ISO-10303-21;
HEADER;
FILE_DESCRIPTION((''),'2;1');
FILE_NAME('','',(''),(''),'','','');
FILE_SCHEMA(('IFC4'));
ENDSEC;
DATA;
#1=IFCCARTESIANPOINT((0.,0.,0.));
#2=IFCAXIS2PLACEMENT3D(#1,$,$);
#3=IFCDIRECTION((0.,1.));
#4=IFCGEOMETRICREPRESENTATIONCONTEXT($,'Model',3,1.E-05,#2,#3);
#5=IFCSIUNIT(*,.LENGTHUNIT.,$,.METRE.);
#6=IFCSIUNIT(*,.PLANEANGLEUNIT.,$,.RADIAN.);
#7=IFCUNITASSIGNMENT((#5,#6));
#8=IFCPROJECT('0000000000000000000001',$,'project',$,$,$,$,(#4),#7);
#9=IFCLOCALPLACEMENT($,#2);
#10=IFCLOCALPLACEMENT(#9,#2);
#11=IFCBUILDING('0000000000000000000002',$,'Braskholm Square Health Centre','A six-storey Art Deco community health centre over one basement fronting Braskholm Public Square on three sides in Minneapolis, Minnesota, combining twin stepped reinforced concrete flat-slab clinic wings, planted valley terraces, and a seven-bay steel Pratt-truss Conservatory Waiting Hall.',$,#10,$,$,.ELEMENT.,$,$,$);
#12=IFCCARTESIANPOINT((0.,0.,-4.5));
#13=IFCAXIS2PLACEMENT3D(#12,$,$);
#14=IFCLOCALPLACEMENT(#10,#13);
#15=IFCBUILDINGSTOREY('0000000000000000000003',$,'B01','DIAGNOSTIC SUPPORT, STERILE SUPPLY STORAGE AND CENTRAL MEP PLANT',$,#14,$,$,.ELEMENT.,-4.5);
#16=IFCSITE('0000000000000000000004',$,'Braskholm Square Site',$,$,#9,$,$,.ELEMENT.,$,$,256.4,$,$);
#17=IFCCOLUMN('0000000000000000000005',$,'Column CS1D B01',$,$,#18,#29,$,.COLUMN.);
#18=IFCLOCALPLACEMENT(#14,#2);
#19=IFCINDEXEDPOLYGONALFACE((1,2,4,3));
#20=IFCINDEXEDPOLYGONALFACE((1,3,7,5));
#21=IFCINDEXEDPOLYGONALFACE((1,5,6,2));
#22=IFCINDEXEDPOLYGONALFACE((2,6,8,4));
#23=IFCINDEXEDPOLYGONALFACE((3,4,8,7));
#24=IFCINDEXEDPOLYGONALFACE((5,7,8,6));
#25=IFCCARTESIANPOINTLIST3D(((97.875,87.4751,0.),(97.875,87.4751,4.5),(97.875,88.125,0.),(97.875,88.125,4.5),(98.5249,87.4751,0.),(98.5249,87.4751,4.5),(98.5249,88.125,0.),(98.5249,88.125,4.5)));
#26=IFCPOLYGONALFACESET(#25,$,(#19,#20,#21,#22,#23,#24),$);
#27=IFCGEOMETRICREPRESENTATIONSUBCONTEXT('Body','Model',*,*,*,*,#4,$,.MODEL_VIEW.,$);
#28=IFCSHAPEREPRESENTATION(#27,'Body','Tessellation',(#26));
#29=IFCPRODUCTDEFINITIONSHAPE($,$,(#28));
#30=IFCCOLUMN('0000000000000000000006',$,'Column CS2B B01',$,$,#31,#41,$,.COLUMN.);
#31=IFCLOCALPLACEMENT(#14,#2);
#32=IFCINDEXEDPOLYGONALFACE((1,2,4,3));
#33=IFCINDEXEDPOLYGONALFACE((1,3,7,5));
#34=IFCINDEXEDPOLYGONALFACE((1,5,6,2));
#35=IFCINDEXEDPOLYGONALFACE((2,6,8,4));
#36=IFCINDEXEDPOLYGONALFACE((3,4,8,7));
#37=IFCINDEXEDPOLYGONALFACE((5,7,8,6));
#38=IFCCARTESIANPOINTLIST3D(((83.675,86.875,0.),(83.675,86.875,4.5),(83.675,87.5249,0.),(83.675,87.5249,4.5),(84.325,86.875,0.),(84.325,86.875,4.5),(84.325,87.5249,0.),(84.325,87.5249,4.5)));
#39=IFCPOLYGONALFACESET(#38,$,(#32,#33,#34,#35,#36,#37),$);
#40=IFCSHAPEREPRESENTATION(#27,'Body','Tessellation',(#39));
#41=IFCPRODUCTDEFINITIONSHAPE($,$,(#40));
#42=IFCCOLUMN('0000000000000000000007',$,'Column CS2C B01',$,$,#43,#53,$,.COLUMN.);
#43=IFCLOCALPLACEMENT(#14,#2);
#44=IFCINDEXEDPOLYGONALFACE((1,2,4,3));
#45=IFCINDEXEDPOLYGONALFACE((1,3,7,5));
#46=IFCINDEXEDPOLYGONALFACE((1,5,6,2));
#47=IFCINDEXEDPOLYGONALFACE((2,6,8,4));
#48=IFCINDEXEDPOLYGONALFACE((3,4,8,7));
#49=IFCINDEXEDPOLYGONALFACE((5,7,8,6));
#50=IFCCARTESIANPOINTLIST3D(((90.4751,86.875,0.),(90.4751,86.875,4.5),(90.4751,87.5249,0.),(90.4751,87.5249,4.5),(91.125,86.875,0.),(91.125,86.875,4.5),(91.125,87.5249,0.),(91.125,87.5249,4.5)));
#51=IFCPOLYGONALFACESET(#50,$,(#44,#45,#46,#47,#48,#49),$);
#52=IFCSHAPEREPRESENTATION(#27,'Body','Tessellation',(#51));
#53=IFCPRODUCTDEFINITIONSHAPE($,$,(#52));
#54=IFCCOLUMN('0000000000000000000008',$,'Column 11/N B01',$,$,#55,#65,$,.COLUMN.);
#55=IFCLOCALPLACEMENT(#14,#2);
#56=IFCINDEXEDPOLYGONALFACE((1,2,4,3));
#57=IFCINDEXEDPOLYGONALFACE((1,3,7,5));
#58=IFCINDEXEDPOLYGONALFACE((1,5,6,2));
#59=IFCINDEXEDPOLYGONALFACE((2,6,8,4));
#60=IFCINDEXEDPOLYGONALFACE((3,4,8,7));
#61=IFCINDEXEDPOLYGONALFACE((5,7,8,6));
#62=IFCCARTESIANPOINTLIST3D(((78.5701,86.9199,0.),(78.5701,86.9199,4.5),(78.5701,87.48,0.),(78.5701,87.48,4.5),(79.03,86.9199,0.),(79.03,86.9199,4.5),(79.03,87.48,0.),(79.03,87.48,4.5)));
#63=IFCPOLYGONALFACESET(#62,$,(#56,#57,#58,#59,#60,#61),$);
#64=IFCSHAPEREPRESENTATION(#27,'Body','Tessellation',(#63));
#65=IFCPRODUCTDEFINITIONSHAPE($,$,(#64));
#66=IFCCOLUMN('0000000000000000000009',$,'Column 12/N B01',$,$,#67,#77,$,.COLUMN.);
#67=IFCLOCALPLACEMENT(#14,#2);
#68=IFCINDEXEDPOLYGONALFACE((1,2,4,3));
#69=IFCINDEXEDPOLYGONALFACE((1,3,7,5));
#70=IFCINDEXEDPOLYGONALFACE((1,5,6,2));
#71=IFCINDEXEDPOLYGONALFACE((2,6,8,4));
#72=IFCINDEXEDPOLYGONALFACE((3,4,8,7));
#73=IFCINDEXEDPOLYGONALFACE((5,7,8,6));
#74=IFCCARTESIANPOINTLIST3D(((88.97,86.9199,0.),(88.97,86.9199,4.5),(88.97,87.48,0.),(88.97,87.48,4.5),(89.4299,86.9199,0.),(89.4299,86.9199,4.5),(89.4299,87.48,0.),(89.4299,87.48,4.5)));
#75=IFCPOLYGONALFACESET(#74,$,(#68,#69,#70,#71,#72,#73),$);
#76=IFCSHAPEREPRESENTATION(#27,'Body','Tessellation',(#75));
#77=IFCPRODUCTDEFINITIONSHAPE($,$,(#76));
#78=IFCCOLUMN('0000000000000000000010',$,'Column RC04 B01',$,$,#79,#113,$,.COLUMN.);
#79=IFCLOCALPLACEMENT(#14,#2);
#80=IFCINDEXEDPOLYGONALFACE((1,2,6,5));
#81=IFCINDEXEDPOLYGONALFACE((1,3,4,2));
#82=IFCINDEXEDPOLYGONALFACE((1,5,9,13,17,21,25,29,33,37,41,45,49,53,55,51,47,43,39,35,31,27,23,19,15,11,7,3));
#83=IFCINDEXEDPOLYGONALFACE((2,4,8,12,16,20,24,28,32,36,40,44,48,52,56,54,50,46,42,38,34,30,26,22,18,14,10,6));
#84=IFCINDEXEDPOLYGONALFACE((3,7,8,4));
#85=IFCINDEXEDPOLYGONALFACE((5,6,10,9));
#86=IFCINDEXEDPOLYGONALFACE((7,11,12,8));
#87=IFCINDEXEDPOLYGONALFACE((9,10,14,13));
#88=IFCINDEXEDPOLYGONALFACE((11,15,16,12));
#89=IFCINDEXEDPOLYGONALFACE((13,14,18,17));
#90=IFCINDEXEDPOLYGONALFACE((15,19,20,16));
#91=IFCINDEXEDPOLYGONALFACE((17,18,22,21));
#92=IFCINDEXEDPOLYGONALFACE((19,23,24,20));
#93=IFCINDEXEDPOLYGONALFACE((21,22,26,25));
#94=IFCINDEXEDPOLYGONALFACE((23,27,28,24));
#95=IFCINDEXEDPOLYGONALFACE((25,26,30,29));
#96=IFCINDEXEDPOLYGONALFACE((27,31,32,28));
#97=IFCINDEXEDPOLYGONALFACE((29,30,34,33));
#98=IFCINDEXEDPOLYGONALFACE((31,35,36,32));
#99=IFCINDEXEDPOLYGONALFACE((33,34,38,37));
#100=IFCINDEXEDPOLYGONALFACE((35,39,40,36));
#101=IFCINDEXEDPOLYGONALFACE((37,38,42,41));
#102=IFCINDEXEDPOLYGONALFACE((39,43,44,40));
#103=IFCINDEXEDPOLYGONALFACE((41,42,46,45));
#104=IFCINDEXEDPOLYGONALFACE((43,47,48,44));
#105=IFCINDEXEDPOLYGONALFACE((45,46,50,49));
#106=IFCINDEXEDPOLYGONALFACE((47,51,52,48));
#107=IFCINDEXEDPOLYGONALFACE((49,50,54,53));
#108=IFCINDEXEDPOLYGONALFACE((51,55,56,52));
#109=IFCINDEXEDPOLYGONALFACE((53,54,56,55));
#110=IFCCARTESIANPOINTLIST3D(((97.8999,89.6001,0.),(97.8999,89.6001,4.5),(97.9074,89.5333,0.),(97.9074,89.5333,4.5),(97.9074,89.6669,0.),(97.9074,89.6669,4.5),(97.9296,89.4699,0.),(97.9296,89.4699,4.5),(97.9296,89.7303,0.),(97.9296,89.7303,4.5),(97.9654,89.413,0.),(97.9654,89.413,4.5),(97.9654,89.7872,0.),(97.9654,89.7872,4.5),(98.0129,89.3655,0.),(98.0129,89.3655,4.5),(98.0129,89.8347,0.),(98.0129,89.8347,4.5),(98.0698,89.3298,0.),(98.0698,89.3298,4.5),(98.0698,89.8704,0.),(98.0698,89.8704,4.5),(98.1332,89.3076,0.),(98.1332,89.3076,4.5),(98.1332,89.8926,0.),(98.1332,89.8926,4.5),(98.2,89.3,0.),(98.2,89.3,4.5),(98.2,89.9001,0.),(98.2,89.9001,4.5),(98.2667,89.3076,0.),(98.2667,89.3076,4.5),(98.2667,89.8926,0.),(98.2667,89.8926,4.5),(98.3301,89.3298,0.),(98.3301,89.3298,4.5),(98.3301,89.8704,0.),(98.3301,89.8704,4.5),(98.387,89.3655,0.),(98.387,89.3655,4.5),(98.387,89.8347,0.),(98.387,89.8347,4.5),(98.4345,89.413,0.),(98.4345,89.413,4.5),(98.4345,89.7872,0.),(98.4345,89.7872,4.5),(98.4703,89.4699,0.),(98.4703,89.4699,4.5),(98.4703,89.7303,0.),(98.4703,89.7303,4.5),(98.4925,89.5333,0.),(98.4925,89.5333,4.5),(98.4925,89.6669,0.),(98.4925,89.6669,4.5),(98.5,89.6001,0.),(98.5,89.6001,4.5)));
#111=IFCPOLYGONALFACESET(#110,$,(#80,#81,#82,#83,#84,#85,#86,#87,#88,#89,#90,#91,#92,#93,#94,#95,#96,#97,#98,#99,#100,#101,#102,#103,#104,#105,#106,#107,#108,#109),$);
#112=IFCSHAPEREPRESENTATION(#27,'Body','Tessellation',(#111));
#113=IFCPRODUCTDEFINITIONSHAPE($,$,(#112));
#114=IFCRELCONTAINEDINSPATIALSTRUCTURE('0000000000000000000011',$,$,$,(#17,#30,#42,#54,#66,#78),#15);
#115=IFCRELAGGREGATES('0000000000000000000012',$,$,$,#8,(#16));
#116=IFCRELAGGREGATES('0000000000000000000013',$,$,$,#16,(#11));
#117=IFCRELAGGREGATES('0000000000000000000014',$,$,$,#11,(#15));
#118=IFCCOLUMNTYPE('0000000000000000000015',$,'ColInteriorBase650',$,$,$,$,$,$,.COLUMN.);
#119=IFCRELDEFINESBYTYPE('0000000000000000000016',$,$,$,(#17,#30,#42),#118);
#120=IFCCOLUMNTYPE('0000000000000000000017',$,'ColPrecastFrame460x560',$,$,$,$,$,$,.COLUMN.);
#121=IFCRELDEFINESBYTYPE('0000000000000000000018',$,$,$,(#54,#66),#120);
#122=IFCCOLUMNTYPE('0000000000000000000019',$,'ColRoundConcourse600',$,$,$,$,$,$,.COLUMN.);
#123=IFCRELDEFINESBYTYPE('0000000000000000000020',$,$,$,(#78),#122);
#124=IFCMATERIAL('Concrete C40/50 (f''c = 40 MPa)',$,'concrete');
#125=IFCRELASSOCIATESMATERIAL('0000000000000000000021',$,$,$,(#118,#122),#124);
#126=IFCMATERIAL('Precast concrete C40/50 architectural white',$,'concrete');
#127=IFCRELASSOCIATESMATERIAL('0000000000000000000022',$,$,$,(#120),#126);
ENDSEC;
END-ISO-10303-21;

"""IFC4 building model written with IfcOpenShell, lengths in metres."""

from ifc_helpers import new_model, si_unit, direction, frame, origin, origin_2d, place, context, subcontext, project, spatial, rectangle, circle, extrude, material, material_profile, profile_set, type_object, element, save


model = new_model("IFC4")

# Units and contexts
model_context = context("Model", 3, precision=1e-05, world=origin(), true_north=direction((0.0, 1.0)))
body_context = subcontext(model_context, "Body", "Model", "MODEL_VIEW")
ifc_project = project(units=[si_unit("LENGTHUNIT", "METRE"), si_unit("PLANEANGLEUNIT", "RADIAN")], contexts=[model_context])

# Site, building, storey
site_placement = place(None, origin())
site = spatial("IfcSite", under=ifc_project, at=site_placement, Name="Braskholm Square Site", CompositionType="ELEMENT", RefElevation=256.4)
building_placement = place(site_placement, origin())
building = spatial("IfcBuilding", under=site, at=building_placement, Name="Braskholm Square Health Centre", Description="A six-storey Art Deco community health centre over one basement fronting Braskholm Public Square on three sides in Minneapolis, Minnesota, combining twin stepped reinforced concrete flat-slab clinic wings, planted valley terraces, and a seven-bay steel Pratt-truss Conservatory Waiting Hall.", CompositionType="ELEMENT")
storey_placement = place(building_placement, frame((0.0, 0.0, -4.5)))
storey = spatial("IfcBuildingStorey", under=building, at=storey_placement, Name="B01", Description="DIAGNOSTIC SUPPORT, STERILE SUPPLY STORAGE AND CENTRAL MEP PLANT", CompositionType="ELEMENT", Elevation=-4.5)

# Shared definitions
ifc_material_1 = material(Name="Concrete C40/50 (f'c = 40 MPa)", Category="concrete")

# Columns
ifc_material_profile_1 = material_profile(ifc_material_1, rectangle(XDim=0.6499, YDim=0.6499, at=origin_2d()), Name="RC-650X650")
ifc_profile_set_1 = profile_set([ifc_material_profile_1], Name="Concrete C40/50 (f'c = 40 MPa)")
column_type_1 = type_object("IfcColumnType", Name="ColInteriorBase650", PredefinedType="COLUMN", material=ifc_profile_set_1)
for number, where, z_axis, x_axis, name in (
    (1, (98.2, 87.8, 0.0), (0.0, 0.0, 1.0), (1.0, 0.0, 0.0), "Column CS1D B01"),
    (2, (84.0, 87.2, 0.0), (0.0, 0.0, 1.0), (1.0, 0.0, 0.0), "Column CS2B B01"),
    (3, (90.8, 87.2, 0.0), (0.0, 0.0, 1.0), (1.0, 0.0, 0.0), "Column CS2C B01"),
):
    element("IfcColumn", number, at=place(storey_placement, frame(where, z_axis=z_axis, x_axis=x_axis)), inside=storey, type_object=column_type_1, Name=name, PredefinedType="COLUMN", context=body_context, shape_type="SweptSolid", body=[
        extrude(rectangle(XDim=0.6499, YDim=0.6499, at=origin_2d()), origin(), (0.0, 0.0, 1.0), 4.5),
    ])
ifc_material_2 = material(Name="Precast concrete C40/50 architectural white", Category="concrete")
ifc_material_profile_2 = material_profile(ifc_material_2, rectangle(XDim=0.46, YDim=0.5601, at=origin_2d()), Name="RC-460X560")
ifc_profile_set_2 = profile_set([ifc_material_profile_2], Name="Precast concrete C40/50 architectural white")
column_type_2 = type_object("IfcColumnType", Name="ColPrecastFrame460x560", PredefinedType="COLUMN", material=ifc_profile_set_2)
for number, where, z_axis, x_axis, name in (
    (4, (78.8, 87.2, 0.0), (0.0, 0.0, 1.0), (1.0, 0.0, 0.0), "Column 11/N B01"),
    (5, (89.2, 87.2, 0.0), (0.0, 0.0, 1.0), (1.0, 0.0, 0.0), "Column 12/N B01"),
):
    element("IfcColumn", number, at=place(storey_placement, frame(where, z_axis=z_axis, x_axis=x_axis)), inside=storey, type_object=column_type_2, Name=name, PredefinedType="COLUMN", context=body_context, shape_type="SweptSolid", body=[
        extrude(rectangle(XDim=0.46, YDim=0.5601, at=origin_2d()), origin(), (0.0, 0.0, 1.0), 4.5),
    ])
ifc_material_profile_3 = material_profile(ifc_material_1, circle(Radius=0.3, at=origin_2d()), Name="RC-RND-600")
ifc_profile_set_3 = profile_set([ifc_material_profile_3], Name="Concrete C40/50 (f'c = 40 MPa)")
column_type_3 = type_object("IfcColumnType", Name="ColRoundConcourse600", PredefinedType="COLUMN", material=ifc_profile_set_3)
column_placement = place(storey_placement, frame((98.2, 89.6001, 0.0), z_axis=(0.0, 0.0, 1.0), x_axis=(1.0, 0.0, 0.0)))
element("IfcColumn", 6, at=column_placement, inside=storey, type_object=column_type_3, Name="Column RC04 B01", PredefinedType="COLUMN", context=body_context, shape_type="SweptSolid", body=[
    extrude(circle(Radius=0.3, at=origin_2d()), origin(), (0.0, 0.0, 1.0), 4.5),
])

save(model, "model.ifc")
